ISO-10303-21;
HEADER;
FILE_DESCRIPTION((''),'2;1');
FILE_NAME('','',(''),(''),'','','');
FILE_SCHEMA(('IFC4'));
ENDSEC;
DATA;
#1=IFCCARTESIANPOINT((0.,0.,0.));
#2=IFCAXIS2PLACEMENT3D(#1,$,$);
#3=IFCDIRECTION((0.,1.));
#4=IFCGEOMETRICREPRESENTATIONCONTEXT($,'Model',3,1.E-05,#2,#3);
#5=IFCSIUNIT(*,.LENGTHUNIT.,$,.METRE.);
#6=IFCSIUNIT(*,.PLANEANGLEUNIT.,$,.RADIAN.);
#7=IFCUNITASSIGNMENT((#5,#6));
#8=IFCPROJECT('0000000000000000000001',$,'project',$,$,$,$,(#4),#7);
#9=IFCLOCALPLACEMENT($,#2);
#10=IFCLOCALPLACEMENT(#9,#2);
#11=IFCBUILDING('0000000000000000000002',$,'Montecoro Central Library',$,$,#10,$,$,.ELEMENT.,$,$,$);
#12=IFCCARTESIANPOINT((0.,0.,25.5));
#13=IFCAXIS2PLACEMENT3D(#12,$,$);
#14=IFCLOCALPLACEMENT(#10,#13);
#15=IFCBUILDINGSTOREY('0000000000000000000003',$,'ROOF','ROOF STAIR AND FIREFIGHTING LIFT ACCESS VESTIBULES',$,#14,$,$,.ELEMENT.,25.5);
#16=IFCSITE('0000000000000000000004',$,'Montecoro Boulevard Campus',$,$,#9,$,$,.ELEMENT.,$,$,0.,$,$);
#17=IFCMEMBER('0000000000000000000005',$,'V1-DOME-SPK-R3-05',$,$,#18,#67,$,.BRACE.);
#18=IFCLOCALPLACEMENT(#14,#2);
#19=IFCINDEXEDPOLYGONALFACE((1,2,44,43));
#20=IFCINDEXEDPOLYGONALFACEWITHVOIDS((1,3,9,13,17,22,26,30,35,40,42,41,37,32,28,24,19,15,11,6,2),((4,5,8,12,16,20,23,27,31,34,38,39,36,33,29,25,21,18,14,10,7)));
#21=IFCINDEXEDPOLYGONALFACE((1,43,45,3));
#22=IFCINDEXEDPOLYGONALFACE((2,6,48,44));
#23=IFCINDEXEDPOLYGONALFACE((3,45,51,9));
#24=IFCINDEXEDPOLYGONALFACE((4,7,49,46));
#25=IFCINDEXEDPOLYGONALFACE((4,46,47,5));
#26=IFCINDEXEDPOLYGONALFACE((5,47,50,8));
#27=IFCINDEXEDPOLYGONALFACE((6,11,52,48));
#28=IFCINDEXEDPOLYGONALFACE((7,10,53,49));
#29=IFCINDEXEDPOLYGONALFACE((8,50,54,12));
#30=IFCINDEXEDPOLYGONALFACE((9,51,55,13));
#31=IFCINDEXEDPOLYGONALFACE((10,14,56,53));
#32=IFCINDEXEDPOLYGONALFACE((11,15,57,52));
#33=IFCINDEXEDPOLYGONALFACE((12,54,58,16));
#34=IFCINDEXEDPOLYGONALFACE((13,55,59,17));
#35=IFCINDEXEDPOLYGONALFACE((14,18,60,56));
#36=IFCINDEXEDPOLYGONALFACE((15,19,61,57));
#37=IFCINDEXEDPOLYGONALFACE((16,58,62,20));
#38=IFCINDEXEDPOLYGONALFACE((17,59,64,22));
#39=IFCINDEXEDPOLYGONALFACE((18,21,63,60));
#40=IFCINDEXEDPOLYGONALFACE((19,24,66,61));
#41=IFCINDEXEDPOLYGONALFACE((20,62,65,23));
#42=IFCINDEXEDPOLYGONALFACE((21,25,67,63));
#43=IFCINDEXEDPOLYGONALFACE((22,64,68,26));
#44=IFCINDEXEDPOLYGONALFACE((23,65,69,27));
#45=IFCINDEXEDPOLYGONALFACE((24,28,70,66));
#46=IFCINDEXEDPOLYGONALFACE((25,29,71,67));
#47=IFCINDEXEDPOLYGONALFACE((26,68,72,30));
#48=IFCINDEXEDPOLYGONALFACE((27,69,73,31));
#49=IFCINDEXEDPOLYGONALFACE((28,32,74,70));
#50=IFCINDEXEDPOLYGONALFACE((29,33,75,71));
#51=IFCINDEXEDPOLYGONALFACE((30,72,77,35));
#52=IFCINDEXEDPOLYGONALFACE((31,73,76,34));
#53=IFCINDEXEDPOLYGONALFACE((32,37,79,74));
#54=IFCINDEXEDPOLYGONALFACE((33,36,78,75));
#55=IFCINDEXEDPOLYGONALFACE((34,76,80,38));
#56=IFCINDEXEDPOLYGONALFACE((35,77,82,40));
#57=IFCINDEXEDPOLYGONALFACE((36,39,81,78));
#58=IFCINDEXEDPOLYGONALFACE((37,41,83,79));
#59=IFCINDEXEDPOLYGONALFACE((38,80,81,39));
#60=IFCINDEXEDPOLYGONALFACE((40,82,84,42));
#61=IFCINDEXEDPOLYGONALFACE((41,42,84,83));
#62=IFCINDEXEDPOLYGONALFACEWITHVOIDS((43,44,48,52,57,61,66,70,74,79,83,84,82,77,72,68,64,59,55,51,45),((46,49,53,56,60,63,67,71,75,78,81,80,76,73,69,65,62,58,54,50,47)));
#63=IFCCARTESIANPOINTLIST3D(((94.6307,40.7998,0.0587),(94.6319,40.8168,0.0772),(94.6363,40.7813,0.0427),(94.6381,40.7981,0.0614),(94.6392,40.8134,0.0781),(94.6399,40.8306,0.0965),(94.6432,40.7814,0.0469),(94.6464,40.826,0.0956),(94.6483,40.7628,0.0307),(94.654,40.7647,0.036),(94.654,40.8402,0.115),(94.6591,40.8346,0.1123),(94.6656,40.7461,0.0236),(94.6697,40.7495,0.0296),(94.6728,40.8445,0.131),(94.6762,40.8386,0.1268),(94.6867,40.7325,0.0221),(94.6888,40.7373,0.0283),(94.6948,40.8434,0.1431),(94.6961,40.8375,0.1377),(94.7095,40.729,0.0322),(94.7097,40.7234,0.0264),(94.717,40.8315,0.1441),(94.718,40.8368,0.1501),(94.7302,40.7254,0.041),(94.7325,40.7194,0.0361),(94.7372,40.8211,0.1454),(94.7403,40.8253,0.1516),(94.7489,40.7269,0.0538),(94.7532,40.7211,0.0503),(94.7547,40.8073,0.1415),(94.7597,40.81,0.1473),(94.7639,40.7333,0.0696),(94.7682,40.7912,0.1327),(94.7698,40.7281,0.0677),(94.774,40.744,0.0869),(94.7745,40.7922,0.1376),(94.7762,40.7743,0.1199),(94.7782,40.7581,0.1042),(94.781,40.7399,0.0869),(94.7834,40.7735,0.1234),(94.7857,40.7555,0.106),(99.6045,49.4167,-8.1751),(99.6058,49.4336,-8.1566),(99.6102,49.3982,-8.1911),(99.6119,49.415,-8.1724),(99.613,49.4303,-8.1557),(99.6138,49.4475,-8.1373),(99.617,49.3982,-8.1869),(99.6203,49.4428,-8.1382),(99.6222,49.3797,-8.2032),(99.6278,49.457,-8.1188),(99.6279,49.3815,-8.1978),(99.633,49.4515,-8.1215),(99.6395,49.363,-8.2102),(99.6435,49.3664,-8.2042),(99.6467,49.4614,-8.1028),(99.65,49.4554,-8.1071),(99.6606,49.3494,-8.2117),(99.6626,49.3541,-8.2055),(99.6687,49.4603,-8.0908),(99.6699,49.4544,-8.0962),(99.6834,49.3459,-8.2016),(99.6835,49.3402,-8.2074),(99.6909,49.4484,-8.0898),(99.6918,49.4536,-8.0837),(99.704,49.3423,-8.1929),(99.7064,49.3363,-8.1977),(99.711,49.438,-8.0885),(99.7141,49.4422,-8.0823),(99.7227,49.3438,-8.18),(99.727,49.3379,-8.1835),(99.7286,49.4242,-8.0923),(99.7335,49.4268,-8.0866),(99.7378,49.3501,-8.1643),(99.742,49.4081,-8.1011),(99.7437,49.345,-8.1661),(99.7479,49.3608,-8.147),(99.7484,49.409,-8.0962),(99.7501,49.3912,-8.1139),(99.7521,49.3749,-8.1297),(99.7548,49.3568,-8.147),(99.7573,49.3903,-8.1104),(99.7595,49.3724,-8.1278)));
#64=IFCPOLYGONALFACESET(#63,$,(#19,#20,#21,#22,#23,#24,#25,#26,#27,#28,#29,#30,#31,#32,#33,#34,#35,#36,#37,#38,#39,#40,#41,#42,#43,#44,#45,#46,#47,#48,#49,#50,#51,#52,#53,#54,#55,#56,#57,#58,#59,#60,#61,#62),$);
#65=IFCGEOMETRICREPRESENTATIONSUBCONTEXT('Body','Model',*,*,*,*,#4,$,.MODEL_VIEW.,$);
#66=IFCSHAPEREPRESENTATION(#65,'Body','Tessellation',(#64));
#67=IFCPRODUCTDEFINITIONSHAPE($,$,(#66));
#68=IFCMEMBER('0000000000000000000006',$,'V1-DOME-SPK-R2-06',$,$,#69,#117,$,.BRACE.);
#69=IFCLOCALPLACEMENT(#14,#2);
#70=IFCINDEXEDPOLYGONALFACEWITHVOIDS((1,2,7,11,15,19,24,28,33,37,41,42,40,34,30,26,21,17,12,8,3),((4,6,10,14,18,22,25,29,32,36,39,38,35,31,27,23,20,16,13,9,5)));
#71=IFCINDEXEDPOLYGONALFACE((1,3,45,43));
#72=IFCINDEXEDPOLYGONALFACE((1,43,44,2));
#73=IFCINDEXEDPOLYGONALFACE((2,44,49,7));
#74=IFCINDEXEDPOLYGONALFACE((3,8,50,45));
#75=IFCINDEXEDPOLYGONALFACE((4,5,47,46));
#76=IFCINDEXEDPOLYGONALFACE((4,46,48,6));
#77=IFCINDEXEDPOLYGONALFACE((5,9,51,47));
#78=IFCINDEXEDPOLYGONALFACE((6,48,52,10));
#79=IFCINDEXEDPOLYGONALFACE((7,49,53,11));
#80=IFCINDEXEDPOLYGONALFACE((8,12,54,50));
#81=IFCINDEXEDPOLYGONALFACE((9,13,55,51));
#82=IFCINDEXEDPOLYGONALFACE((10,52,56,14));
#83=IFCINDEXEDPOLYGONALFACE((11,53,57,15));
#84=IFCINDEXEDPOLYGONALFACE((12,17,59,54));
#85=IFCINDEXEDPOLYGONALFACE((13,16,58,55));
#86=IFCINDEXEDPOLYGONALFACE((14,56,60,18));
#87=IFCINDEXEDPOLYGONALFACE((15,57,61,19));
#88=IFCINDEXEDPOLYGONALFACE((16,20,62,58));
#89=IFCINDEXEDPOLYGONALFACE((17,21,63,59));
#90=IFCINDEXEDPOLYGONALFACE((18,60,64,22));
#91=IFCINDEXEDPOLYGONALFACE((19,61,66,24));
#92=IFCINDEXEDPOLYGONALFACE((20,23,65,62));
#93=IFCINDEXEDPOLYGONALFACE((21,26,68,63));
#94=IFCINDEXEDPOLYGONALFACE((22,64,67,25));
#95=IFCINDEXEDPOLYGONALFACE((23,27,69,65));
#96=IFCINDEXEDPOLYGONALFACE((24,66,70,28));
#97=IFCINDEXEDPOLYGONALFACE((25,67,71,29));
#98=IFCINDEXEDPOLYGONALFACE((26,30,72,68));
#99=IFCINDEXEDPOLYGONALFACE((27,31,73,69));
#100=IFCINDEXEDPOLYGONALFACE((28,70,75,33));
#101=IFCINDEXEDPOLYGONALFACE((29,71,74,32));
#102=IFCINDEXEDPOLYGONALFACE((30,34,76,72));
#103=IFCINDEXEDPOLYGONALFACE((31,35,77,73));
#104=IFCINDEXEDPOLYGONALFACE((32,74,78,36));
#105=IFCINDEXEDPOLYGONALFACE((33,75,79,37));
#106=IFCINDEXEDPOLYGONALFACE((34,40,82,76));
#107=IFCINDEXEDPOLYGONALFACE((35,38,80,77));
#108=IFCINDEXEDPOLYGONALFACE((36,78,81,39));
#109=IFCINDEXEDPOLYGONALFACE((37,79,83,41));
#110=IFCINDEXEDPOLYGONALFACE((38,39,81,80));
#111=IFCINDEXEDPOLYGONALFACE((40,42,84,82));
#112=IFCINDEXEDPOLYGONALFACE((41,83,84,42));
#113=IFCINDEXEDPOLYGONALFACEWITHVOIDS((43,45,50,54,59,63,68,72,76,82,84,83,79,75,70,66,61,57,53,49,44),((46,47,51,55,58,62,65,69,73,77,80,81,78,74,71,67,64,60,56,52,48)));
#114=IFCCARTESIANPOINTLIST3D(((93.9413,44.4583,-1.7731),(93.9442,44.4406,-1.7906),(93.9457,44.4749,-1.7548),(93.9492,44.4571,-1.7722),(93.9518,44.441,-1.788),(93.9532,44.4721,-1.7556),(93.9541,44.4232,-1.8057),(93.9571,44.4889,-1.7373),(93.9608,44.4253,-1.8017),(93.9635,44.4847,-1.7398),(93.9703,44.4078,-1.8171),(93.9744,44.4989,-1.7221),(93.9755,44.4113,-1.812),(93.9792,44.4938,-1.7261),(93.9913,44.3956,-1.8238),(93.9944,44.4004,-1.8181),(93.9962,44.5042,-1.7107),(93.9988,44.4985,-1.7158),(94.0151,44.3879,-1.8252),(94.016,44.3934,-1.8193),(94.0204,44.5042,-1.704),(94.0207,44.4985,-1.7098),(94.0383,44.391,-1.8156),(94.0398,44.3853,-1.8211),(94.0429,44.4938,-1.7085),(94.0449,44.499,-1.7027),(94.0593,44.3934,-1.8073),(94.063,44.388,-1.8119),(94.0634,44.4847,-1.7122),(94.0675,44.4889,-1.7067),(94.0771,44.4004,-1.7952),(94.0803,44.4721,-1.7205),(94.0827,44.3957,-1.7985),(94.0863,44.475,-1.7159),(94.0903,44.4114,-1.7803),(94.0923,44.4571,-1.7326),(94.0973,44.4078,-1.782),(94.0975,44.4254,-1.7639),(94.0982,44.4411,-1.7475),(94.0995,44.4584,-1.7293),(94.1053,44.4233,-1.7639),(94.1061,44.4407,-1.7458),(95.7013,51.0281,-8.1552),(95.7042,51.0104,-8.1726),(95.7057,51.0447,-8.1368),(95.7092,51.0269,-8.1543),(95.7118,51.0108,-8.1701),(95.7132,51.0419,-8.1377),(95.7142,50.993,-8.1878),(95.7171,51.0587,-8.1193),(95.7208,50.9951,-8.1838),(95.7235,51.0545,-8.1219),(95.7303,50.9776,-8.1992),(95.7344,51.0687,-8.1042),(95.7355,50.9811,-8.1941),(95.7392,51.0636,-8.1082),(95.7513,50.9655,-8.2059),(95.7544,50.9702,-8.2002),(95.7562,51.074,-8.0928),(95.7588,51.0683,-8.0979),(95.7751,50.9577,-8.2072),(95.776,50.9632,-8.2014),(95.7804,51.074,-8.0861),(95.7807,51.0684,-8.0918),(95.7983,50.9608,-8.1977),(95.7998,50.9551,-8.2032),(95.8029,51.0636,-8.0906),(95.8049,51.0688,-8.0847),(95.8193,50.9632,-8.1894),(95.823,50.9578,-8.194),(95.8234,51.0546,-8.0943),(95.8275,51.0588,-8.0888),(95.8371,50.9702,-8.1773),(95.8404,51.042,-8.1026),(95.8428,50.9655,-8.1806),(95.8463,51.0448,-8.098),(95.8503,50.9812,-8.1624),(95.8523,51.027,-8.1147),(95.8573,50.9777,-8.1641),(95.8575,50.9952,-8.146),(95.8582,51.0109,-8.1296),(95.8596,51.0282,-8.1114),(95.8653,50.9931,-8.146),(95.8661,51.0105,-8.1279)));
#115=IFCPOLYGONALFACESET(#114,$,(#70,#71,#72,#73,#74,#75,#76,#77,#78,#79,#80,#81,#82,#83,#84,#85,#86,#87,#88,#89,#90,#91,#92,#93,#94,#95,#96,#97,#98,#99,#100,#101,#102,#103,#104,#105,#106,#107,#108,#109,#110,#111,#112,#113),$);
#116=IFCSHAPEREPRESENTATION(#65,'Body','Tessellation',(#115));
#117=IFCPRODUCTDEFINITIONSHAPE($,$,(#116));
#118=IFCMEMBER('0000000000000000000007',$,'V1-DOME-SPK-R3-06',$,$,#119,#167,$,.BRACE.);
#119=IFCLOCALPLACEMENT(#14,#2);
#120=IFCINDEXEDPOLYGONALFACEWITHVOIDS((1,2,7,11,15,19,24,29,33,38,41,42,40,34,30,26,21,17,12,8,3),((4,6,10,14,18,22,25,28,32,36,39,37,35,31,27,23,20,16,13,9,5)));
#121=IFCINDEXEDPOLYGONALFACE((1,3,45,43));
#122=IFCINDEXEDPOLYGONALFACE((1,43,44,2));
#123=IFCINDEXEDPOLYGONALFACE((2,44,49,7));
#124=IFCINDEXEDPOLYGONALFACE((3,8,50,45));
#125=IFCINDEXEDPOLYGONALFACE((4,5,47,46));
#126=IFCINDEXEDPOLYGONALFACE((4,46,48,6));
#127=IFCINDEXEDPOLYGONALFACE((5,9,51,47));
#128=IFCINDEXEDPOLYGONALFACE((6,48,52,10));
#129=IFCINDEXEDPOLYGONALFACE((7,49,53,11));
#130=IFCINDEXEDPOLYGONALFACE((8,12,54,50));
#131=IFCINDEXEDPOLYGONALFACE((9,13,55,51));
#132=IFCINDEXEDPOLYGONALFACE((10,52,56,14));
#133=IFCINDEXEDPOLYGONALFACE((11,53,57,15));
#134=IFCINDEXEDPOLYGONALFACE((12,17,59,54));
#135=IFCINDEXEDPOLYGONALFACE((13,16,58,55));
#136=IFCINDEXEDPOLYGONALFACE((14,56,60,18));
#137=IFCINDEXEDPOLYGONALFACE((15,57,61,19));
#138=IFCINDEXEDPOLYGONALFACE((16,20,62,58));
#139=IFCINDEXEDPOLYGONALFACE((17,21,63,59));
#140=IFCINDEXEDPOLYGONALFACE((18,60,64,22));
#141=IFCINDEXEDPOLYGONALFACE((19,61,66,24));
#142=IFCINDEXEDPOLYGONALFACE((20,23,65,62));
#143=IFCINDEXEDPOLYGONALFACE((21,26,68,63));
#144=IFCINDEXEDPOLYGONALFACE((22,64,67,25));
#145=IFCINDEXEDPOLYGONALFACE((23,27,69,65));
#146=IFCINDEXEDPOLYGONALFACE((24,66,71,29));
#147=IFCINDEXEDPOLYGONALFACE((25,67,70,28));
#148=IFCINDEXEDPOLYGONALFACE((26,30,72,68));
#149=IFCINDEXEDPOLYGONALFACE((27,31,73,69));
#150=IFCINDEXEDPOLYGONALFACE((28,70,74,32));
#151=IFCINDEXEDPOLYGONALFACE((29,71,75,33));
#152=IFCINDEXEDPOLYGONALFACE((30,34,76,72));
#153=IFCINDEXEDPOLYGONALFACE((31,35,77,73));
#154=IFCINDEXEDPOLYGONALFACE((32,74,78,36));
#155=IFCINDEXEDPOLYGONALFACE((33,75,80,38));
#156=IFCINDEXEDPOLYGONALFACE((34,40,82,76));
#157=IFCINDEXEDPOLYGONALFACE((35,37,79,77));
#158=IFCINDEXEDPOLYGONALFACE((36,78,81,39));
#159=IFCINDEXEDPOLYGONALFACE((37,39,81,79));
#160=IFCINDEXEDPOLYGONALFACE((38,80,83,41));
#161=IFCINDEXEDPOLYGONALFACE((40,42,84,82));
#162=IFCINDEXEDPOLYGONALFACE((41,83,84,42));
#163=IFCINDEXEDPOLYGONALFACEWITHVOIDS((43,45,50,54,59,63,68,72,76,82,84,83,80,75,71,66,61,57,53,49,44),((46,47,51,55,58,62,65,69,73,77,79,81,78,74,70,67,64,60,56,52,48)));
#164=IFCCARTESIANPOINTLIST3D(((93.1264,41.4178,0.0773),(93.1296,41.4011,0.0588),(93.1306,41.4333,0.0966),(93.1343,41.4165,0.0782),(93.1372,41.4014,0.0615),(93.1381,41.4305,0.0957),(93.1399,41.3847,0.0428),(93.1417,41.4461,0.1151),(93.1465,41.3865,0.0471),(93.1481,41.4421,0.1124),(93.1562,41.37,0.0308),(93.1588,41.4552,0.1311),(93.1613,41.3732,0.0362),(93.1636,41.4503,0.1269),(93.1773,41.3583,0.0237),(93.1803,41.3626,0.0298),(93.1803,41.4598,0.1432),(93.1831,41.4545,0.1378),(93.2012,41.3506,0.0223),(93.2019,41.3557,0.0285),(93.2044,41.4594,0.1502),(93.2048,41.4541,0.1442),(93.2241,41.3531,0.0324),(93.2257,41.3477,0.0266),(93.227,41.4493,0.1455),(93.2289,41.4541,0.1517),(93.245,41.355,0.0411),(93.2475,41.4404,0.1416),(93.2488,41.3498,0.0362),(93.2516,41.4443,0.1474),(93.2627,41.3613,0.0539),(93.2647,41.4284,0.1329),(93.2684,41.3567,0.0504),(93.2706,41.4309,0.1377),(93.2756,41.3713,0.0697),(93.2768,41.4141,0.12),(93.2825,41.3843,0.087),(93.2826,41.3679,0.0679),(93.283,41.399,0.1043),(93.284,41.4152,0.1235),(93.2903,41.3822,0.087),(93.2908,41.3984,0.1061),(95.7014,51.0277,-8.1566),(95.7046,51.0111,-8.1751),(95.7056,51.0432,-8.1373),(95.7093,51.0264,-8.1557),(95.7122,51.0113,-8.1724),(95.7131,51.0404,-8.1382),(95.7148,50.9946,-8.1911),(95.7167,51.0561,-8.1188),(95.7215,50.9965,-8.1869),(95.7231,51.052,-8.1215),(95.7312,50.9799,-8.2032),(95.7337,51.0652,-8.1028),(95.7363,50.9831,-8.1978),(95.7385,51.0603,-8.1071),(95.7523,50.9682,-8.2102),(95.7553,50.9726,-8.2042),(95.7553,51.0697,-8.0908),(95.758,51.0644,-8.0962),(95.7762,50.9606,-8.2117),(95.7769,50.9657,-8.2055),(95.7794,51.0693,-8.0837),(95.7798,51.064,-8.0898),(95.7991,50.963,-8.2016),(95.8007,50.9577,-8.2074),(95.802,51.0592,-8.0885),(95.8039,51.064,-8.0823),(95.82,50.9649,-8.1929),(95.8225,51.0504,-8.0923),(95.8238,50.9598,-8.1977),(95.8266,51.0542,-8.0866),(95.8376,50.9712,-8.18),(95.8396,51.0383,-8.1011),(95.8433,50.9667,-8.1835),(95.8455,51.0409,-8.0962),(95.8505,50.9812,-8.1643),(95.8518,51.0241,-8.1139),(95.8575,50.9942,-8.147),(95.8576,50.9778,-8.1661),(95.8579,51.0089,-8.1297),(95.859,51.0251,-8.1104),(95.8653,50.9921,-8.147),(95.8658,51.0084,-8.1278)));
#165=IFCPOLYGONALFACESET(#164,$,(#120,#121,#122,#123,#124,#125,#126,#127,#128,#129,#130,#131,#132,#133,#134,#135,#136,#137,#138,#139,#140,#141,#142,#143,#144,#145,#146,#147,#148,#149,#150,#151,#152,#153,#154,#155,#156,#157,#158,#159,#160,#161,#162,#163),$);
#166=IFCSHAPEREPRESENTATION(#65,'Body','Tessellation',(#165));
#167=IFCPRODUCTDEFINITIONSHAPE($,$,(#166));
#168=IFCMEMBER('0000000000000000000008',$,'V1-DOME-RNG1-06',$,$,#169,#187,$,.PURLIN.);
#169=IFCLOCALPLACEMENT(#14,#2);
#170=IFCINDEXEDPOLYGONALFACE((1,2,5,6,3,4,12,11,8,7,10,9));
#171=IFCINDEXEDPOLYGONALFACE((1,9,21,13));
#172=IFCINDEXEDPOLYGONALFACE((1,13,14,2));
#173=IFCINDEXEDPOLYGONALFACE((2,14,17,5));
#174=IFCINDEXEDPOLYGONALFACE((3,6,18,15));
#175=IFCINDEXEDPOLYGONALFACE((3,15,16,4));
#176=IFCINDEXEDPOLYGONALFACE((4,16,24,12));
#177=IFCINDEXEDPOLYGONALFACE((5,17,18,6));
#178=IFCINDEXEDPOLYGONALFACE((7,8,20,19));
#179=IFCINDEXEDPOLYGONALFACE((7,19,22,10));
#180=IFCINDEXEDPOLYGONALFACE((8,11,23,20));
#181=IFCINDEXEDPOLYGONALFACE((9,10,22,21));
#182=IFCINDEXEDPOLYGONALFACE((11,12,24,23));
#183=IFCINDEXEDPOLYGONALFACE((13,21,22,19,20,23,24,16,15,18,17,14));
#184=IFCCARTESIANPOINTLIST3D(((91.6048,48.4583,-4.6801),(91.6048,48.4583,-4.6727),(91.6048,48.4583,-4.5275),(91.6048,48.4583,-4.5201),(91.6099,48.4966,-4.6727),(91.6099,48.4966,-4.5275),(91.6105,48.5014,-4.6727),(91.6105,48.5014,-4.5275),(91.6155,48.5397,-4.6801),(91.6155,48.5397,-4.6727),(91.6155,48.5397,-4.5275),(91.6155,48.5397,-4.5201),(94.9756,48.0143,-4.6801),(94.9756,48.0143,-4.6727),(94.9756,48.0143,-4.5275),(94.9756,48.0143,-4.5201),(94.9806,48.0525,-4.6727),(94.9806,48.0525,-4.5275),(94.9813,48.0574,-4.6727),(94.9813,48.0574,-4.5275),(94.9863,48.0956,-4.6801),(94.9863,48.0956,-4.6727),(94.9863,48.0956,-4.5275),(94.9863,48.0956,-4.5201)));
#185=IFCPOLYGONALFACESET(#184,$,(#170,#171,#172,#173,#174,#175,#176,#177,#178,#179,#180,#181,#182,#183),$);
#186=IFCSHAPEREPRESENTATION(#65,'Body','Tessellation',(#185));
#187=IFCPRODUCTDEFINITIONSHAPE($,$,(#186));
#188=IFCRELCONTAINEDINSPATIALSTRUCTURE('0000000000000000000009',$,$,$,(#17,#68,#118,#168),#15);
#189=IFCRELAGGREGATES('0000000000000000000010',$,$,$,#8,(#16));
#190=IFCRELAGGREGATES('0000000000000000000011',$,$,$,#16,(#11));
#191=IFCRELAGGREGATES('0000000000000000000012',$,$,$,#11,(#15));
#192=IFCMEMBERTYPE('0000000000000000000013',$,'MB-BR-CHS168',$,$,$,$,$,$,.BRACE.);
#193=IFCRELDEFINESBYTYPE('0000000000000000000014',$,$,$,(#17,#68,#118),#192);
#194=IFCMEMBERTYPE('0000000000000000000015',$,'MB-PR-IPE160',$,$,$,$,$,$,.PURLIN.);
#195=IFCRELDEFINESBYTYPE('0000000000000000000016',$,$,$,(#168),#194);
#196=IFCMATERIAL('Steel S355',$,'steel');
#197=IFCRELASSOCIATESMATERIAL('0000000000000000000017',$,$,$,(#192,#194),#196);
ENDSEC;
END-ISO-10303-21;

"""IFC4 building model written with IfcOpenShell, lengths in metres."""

from ifc_helpers import new_model, si_unit, direction, frame, origin, origin_2d, place, context, subcontext, project, spatial, hollow_circle, i_section, extrude, material, material_profile, profile_set, type_object, element, save


model = new_model("IFC4")

# Units and contexts
model_context = context("Model", 3, precision=1e-05, world=origin(), true_north=direction((0.0, 1.0)))
body_context = subcontext(model_context, "Body", "Model", "MODEL_VIEW")
ifc_project = project(units=[si_unit("LENGTHUNIT", "METRE"), si_unit("PLANEANGLEUNIT", "RADIAN")], contexts=[model_context])

# Site, building, storey
site_placement = place(None, origin())
site = spatial("IfcSite", under=ifc_project, at=site_placement, Name="Montecoro Boulevard Campus", CompositionType="ELEMENT", RefElevation=0.0)
building_placement = place(site_placement, origin())
building = spatial("IfcBuilding", under=site, at=building_placement, Name="Montecoro Central Library", CompositionType="ELEMENT")
storey_placement = place(building_placement, frame((0.0, 0.0, 25.5)))
storey = spatial("IfcBuildingStorey", under=building, at=storey_placement, Name="ROOF", Description="ROOF STAIR AND FIREFIGHTING LIFT ACCESS VESTIBULES", CompositionType="ELEMENT", Elevation=25.5)

# Members
ifc_material_1 = material(Name="Steel S355", Category="steel")
ifc_material_profile_1 = material_profile(ifc_material_1, hollow_circle(Radius=0.0842, WallThickness=0.0081, at=origin_2d()), Name="CHS 168.3x8.0")
ifc_profile_set_1 = profile_set([ifc_material_profile_1], Name="Steel S355")
member_type_1 = type_object("IfcMemberType", Name="MB-BR-CHS168", PredefinedType="BRACE", material=ifc_profile_set_1)
member_1_placement = place(storey_placement, frame((99.6819, 49.3989, -8.147), z_axis=(-0.385135, -0.667223, 0.637562), x_axis=(0.866074, -0.499916, 0.0)))
element("IfcMember", 1, at=member_1_placement, inside=storey, type_object=member_type_1, Name="V1-DOME-SPK-R3-05", PredefinedType="BRACE", context=body_context, shape_type="SweptSolid", body=[
    extrude(hollow_circle(Radius=0.0842, WallThickness=0.0081, at=origin_2d()), origin(), (0.0, 0.0, 1.0), 12.9146),
])
member_2_placement = place(storey_placement, frame((95.7839, 51.0149, -8.146), z_axis=(-0.188702, -0.704395, 0.684266), x_axis=(0.965939, -0.258768, 0.0)))
element("IfcMember", 2, at=member_2_placement, inside=storey, type_object=member_type_1, Name="V1-DOME-SPK-R2-06", PredefinedType="BRACE", context=body_context, shape_type="SweptSolid", body=[
    extrude(hollow_circle(Radius=0.0842, WallThickness=0.0081, at=origin_2d()), origin(), (0.0, 0.0, 1.0), 9.3269),
])
member_3_placement = place(storey_placement, frame((95.7839, 51.0139, -8.147), z_axis=(-0.199389, -0.744131, 0.637584), x_axis=(0.965926, -0.258819, 0.0)))
element("IfcMember", 3, at=member_3_placement, inside=storey, type_object=member_type_1, Name="V1-DOME-SPK-R3-06", PredefinedType="BRACE", context=body_context, shape_type="SweptSolid", body=[
    extrude(hollow_circle(Radius=0.0842, WallThickness=0.0081, at=origin_2d()), origin(), (0.0, 0.0, 1.0), 12.9143),
])
ifc_material_profile_2 = material_profile(ifc_material_1, i_section(OverallWidth=0.082, OverallDepth=0.1599, WebThickness=0.0049, FlangeThickness=0.0073, at=origin_2d()), Name="IPE 160")
ifc_profile_set_2 = profile_set([ifc_material_profile_2], Name="Steel S355")
member_type_2 = type_object("IfcMemberType", Name="MB-PR-IPE160", PredefinedType="PURLIN", material=ifc_profile_set_2)
member_4_placement = place(storey_placement, frame((94.981, 48.0549, -4.6001), z_axis=(-0.991433, 0.130616, 0.0), x_axis=(-0.130616, -0.991433, 0.0)))
element("IfcMember", 4, at=member_4_placement, inside=storey, type_object=member_type_2, Name="V1-DOME-RNG1-06", PredefinedType="PURLIN", context=body_context, shape_type="SweptSolid", body=[
    extrude(i_section(OverallWidth=0.082, OverallDepth=0.1599, WebThickness=0.0049, FlangeThickness=0.0073, at=origin_2d()), origin(), (0.0, 0.0, 1.0), 3.3999),
])

save(model, "model.ifc")
